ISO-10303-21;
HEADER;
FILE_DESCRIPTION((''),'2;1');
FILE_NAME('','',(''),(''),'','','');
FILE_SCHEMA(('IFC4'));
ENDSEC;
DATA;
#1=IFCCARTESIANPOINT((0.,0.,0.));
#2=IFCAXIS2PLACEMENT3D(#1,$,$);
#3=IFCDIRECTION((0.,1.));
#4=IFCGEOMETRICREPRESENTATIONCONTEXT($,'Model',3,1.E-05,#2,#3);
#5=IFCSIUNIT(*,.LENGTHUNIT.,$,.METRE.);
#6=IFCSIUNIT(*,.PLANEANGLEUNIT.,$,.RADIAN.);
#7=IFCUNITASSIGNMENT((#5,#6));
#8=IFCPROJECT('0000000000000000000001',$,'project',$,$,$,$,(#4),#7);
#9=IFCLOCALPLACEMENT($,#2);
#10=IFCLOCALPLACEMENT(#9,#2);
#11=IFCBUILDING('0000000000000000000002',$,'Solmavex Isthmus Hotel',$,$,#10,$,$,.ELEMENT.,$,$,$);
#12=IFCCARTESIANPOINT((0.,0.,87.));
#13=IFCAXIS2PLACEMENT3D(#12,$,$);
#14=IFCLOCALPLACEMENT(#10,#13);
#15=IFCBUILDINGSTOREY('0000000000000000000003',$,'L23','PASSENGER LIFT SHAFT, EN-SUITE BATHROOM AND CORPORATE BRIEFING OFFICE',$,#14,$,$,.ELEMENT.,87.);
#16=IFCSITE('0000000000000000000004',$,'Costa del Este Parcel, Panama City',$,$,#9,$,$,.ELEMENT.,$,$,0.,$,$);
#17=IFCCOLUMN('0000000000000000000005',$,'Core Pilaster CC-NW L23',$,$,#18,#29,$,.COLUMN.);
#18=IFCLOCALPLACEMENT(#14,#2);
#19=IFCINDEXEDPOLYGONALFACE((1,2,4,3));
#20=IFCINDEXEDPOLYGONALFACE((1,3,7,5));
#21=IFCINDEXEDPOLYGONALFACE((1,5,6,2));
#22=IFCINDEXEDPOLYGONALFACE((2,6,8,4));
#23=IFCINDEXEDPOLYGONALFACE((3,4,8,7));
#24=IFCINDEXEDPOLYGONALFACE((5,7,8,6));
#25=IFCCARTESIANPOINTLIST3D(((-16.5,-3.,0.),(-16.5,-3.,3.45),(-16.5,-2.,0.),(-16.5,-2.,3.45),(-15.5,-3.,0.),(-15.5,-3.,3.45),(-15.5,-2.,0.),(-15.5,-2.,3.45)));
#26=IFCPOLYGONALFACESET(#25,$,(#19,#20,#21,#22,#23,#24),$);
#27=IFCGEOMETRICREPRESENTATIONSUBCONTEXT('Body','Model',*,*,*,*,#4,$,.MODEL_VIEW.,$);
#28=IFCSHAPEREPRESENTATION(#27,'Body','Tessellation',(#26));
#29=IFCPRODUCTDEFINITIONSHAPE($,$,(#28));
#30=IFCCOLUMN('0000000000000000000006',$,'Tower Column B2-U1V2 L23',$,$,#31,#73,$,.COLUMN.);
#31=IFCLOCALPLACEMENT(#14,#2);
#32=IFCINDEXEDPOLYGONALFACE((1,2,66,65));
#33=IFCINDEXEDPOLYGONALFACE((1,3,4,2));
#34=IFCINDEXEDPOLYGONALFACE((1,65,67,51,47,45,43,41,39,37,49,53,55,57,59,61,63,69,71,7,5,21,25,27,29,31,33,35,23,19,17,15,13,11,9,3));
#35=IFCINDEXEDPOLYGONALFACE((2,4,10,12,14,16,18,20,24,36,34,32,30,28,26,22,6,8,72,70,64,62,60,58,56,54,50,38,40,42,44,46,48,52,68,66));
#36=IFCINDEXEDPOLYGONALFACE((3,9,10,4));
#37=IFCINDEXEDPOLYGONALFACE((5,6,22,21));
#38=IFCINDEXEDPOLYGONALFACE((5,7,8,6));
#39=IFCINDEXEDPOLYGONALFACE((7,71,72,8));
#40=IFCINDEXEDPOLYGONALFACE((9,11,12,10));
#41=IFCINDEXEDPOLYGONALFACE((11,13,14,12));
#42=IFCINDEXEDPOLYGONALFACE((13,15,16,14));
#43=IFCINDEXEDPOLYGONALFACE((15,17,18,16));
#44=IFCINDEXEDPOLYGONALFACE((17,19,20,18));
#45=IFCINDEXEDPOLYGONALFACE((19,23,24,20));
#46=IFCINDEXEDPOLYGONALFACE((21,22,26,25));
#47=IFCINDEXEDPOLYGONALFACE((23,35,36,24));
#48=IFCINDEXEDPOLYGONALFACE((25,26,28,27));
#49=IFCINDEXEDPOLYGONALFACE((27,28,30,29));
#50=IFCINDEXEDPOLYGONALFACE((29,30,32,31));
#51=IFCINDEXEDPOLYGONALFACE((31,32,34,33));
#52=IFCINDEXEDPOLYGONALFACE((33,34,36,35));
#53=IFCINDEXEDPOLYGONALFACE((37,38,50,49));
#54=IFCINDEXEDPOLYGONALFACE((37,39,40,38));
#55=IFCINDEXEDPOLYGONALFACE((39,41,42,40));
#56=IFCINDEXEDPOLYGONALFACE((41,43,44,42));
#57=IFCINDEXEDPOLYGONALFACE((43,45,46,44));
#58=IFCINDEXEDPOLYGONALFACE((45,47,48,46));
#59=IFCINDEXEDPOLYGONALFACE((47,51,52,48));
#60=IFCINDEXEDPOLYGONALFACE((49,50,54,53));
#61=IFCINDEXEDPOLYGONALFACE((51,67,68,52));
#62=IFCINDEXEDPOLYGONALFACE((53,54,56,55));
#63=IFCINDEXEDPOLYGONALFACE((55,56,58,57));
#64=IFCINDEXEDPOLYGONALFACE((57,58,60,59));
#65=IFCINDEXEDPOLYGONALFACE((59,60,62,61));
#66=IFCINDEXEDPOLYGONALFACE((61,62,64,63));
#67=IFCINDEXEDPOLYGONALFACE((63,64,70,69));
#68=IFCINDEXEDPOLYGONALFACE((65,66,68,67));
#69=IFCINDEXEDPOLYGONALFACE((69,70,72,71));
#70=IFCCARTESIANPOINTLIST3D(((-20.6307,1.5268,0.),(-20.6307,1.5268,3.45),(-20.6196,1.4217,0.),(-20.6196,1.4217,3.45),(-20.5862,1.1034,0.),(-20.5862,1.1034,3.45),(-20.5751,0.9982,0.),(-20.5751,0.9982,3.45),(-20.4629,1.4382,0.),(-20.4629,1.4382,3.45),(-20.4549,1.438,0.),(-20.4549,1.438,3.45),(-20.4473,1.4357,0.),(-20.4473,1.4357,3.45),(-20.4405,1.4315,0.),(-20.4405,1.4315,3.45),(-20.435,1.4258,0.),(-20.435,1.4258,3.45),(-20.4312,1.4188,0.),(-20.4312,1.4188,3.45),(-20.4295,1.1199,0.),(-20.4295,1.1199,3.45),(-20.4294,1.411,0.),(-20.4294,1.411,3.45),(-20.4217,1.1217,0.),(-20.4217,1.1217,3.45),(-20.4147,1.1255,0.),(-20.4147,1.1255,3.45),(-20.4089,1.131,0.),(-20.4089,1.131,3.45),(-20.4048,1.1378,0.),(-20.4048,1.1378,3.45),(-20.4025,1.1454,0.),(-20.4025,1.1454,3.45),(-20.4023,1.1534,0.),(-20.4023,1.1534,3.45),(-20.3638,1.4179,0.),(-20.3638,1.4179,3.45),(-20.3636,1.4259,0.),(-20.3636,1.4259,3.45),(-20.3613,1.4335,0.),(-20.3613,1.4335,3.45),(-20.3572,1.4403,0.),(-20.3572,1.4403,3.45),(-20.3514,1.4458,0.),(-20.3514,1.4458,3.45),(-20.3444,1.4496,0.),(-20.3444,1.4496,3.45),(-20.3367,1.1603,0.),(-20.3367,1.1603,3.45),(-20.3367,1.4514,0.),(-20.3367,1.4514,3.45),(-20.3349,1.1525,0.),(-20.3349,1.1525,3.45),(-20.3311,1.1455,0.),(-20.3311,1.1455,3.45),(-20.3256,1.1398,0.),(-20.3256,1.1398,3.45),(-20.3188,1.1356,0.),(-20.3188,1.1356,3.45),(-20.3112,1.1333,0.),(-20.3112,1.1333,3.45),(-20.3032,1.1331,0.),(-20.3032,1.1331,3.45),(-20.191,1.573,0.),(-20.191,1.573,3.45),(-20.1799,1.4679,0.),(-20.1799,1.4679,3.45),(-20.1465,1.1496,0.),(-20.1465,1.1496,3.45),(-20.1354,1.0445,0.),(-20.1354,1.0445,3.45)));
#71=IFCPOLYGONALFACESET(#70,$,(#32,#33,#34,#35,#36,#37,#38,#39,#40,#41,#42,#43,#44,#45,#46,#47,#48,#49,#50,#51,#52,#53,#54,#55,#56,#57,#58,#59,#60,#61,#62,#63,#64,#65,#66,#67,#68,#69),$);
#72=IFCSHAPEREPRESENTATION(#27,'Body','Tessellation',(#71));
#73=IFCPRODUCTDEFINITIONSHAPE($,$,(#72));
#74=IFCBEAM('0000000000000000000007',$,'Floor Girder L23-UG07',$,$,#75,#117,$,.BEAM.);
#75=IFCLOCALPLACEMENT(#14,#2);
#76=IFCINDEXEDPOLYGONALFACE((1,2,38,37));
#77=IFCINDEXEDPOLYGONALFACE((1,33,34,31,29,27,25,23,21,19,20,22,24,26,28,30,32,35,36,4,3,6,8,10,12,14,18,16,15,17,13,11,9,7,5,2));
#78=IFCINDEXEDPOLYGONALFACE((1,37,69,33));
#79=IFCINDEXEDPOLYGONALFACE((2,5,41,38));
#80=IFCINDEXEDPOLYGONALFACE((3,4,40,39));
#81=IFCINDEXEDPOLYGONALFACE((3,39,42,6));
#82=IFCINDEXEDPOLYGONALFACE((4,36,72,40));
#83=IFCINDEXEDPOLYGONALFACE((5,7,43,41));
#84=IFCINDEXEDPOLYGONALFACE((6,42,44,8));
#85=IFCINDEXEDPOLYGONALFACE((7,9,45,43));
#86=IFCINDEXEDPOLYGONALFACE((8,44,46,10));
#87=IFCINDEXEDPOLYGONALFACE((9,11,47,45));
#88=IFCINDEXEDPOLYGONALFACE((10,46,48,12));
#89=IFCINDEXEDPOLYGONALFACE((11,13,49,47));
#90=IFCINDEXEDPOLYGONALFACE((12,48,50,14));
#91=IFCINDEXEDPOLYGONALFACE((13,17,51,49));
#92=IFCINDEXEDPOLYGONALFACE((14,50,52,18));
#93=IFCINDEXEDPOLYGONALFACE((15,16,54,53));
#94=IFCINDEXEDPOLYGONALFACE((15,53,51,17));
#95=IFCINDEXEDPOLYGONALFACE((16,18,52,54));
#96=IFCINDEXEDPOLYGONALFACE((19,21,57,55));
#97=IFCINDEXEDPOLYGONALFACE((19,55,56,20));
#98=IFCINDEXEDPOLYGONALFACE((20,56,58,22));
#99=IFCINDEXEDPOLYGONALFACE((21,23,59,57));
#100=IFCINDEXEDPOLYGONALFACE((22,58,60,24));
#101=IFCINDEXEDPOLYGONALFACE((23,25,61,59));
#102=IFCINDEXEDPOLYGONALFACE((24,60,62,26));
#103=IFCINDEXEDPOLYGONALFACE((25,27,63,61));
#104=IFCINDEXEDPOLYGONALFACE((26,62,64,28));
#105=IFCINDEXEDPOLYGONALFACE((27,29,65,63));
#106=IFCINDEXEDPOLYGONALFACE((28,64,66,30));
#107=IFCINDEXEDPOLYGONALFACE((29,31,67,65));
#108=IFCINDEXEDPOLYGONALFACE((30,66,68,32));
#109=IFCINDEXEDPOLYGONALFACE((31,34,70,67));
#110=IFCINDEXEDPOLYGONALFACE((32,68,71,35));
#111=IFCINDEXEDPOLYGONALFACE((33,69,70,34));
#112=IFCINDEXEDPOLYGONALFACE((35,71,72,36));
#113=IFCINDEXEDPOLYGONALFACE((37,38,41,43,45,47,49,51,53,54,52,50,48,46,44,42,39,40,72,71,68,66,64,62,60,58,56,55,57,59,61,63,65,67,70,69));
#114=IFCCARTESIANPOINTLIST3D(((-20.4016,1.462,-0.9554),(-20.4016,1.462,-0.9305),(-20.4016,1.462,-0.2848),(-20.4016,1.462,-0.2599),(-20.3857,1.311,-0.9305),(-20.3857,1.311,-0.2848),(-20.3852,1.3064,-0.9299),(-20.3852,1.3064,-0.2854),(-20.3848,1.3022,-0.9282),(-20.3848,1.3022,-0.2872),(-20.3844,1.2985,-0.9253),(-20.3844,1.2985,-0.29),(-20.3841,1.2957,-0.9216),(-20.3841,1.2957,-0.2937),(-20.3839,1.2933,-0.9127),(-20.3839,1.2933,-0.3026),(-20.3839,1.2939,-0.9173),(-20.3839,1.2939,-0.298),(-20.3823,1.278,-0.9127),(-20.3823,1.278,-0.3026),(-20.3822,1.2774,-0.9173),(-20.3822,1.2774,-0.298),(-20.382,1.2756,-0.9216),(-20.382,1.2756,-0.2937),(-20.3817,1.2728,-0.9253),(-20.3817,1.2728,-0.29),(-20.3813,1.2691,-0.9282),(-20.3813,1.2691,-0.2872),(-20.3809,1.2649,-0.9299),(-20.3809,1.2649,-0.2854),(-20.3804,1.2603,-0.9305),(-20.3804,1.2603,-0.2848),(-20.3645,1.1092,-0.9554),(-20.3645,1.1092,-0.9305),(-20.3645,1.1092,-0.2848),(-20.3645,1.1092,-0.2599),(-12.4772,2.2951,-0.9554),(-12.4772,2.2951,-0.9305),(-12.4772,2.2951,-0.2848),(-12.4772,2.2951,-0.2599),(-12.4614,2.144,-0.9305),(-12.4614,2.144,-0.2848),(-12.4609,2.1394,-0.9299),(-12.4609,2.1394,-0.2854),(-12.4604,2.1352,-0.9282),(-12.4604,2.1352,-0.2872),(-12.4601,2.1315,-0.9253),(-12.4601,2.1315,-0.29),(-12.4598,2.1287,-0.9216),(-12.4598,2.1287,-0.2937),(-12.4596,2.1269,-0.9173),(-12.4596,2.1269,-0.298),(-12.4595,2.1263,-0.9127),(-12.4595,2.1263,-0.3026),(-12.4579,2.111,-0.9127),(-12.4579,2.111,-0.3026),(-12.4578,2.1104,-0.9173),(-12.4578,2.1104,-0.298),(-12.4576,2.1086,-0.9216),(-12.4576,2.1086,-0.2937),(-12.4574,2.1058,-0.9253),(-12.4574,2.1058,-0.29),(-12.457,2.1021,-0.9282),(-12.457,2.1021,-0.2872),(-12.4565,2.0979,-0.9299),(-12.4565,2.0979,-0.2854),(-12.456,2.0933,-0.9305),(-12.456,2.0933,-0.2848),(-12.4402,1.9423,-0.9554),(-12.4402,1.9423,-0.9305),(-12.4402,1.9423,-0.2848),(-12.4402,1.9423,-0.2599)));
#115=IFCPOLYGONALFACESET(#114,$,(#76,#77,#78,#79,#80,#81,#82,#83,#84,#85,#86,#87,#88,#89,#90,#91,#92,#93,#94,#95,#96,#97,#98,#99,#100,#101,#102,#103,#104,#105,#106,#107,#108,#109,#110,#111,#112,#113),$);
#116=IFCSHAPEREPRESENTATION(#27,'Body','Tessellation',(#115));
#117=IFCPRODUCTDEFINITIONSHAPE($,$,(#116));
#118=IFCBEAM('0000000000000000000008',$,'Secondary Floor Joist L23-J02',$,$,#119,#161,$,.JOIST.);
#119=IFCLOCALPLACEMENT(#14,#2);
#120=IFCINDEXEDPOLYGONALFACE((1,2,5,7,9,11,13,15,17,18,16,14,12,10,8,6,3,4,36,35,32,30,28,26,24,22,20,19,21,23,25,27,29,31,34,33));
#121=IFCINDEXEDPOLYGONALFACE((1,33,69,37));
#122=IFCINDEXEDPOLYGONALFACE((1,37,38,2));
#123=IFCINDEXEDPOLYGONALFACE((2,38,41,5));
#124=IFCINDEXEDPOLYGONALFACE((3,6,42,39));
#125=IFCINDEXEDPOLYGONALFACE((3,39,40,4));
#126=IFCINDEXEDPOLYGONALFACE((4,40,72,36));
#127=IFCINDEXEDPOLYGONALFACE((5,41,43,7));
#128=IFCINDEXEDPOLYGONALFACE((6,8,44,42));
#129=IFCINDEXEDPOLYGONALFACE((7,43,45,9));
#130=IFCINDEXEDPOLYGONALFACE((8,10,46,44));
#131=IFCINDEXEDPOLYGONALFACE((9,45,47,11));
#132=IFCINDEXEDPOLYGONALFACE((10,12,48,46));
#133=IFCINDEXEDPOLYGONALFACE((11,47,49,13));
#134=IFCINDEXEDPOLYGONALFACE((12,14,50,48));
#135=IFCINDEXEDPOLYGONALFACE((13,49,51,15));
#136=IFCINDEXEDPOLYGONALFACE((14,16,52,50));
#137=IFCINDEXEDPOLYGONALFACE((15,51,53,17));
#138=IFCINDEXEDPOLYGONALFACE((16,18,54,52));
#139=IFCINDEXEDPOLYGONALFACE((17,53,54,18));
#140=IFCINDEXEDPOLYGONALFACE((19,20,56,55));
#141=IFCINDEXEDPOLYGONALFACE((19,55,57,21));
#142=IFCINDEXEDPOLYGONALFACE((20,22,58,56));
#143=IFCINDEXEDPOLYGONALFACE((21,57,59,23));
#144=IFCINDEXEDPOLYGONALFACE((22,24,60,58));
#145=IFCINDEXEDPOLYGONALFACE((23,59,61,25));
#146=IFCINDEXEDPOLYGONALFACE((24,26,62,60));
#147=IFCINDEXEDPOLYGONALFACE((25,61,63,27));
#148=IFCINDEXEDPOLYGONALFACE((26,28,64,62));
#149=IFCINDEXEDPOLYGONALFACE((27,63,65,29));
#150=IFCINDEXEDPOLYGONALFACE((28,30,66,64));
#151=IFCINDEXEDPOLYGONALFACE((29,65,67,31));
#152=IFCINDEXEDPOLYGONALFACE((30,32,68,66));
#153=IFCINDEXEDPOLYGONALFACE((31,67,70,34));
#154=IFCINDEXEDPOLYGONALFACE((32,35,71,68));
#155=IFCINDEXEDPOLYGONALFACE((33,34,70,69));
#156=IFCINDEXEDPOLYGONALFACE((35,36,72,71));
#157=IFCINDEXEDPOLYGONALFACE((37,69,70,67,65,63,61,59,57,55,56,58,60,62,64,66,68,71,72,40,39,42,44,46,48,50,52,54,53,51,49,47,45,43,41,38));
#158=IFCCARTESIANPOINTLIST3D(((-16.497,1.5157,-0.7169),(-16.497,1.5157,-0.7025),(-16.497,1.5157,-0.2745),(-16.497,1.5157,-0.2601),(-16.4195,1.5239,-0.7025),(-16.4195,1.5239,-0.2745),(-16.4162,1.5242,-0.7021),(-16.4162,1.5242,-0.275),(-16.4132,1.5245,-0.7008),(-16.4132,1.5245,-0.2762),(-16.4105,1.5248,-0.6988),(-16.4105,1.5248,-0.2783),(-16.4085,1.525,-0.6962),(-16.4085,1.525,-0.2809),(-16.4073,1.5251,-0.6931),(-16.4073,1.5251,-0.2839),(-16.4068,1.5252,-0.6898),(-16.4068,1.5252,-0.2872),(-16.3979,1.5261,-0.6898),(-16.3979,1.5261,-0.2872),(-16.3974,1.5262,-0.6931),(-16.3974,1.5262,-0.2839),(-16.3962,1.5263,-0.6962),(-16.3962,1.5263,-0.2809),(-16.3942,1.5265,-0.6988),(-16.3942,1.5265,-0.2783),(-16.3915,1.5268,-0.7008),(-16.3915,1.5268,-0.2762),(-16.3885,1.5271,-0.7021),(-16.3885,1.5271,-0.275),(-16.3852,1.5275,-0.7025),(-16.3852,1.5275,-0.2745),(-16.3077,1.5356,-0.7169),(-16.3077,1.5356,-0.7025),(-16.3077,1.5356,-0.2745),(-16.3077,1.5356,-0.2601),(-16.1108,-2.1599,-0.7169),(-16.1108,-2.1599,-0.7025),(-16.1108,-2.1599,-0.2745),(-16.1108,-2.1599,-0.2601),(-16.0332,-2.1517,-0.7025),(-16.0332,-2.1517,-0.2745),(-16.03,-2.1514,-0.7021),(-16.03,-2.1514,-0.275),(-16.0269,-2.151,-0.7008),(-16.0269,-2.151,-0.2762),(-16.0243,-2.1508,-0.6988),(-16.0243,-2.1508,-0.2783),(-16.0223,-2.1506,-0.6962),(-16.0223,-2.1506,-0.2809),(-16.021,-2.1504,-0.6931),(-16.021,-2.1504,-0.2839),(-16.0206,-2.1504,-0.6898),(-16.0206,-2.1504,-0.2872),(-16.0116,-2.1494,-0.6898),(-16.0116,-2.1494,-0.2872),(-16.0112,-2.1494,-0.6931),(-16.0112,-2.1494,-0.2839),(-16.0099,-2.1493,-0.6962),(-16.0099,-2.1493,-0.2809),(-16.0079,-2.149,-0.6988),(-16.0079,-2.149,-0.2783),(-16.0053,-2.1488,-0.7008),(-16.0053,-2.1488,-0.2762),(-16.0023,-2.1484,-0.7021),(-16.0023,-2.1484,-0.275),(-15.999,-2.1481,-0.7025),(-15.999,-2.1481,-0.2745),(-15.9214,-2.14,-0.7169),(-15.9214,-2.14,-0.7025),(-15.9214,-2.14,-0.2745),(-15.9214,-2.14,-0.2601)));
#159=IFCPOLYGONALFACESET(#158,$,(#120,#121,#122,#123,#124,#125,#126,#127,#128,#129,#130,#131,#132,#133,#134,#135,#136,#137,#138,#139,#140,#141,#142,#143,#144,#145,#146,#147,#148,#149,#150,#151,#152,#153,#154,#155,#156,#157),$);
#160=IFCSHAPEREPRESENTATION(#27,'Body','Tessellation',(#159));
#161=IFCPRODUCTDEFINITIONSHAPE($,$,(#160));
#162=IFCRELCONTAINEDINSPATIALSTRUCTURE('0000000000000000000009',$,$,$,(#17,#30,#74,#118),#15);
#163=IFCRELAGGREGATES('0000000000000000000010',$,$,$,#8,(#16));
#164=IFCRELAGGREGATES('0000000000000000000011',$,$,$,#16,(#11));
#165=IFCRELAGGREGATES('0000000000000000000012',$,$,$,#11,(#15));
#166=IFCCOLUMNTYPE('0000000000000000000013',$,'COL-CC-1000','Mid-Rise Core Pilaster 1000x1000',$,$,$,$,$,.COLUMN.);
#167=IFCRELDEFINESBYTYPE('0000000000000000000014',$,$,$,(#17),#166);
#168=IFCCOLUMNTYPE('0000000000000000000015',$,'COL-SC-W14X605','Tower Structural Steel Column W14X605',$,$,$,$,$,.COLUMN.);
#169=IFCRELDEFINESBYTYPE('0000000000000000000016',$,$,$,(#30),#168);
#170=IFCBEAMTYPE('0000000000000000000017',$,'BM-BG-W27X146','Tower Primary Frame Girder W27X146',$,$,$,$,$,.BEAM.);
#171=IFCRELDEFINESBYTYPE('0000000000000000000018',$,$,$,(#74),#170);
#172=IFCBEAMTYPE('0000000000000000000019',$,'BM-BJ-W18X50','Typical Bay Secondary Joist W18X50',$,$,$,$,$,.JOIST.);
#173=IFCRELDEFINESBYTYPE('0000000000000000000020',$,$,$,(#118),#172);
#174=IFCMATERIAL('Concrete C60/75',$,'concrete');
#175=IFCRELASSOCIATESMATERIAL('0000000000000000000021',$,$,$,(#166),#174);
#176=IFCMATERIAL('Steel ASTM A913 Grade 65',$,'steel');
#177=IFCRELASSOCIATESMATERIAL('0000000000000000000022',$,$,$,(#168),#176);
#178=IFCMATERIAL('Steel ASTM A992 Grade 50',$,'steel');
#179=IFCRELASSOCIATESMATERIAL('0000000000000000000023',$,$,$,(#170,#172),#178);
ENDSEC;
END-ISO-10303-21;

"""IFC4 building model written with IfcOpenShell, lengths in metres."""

from ifc_helpers import new_model, si_unit, direction, frame, origin, origin_2d, place, context, subcontext, project, spatial, rectangle, i_section, extrude, material, material_profile, profile_set, type_object, element, save


model = new_model("IFC4")

# Units and contexts
model_context = context("Model", 3, precision=1e-05, world=origin(), true_north=direction((0.0, 1.0)))
body_context = subcontext(model_context, "Body", "Model", "MODEL_VIEW")
ifc_project = project(units=[si_unit("LENGTHUNIT", "METRE"), si_unit("PLANEANGLEUNIT", "RADIAN")], contexts=[model_context])

# Site, building, storey
site_placement = place(None, origin())
site = spatial("IfcSite", under=ifc_project, at=site_placement, Name="Costa del Este Parcel, Panama City", CompositionType="ELEMENT", RefElevation=0.0)
building_placement = place(site_placement, origin())
building = spatial("IfcBuilding", under=site, at=building_placement, Name="Solmavex Isthmus Hotel", CompositionType="ELEMENT")
storey_placement = place(building_placement, frame((0.0, 0.0, 87.0)))
storey = spatial("IfcBuildingStorey", under=building, at=storey_placement, Name="L23", Description="PASSENGER LIFT SHAFT, EN-SUITE BATHROOM AND CORPORATE BRIEFING OFFICE", CompositionType="ELEMENT", Elevation=87.0)

# Columns
ifc_material_1 = material(Name="Concrete C60/75", Category="concrete")
ifc_material_profile_1 = material_profile(ifc_material_1, rectangle(XDim=1.0, YDim=1.0, at=origin_2d()), Name="RC1000X1000")
ifc_profile_set_1 = profile_set([ifc_material_profile_1], Name="Concrete C60/75")
column_type_1 = type_object("IfcColumnType", Name="COL-CC-1000", Description="Mid-Rise Core Pilaster 1000x1000", PredefinedType="COLUMN", material=ifc_profile_set_1)
column_1_placement = place(storey_placement, frame((-16.0, -2.5, 0.0), z_axis=(0.0, 0.0, 1.0), x_axis=(1.0, 0.0, 0.0)))
element("IfcColumn", 1, at=column_1_placement, inside=storey, type_object=column_type_1, Name="Core Pilaster CC-NW L23", PredefinedType="COLUMN", context=body_context, shape_type="SweptSolid", body=[
    extrude(rectangle(XDim=1.0, YDim=1.0, at=origin_2d()), origin(), (0.0, 0.0, 1.0), 3.45),
])
ifc_material_2 = material(Name="Steel ASTM A913 Grade 65", Category="steel")
ifc_material_profile_2 = material_profile(ifc_material_2, i_section(OverallWidth=0.4421, OverallDepth=0.5315, WebThickness=0.0659, FlangeThickness=0.1057, FilletRadius=0.0305, at=origin_2d()), Name="W14X605")
ifc_profile_set_2 = profile_set([ifc_material_profile_2], Name="Steel ASTM A913 Grade 65")
column_type_2 = type_object("IfcColumnType", Name="COL-SC-W14X605", Description="Tower Structural Steel Column W14X605", PredefinedType="COLUMN", material=ifc_profile_set_2)
column_2_placement = place(storey_placement, frame((-20.3831, 1.2856, 0.0), z_axis=(0.0, 0.0, 1.0), x_axis=(0.994522, 0.104528, 0.0)))
element("IfcColumn", 2, at=column_2_placement, inside=storey, type_object=column_type_2, Name="Tower Column B2-U1V2 L23", PredefinedType="COLUMN", context=body_context, shape_type="SweptSolid", body=[
    extrude(i_section(OverallWidth=0.4421, OverallDepth=0.5315, WebThickness=0.0659, FlangeThickness=0.1057, FilletRadius=0.0305, at=origin_2d()), origin(), (0.0, 0.0, 1.0), 3.45),
])

# Beams
ifc_material_3 = material(Name="Steel ASTM A992 Grade 50", Category="steel")
ifc_material_profile_3 = material_profile(ifc_material_3, i_section(OverallWidth=0.3547, OverallDepth=0.6956, WebThickness=0.0154, FlangeThickness=0.0249, FilletRadius=0.0178, at=origin_2d()), Name="W27X146")
ifc_profile_set_3 = profile_set([ifc_material_profile_3], Name="Steel ASTM A992 Grade 50")
beam_type_1 = type_object("IfcBeamType", Name="BM-BG-W27X146", Description="Tower Primary Frame Girder W27X146", PredefinedType="BEAM", material=ifc_profile_set_3)
beam_1_placement = place(storey_placement, frame((-20.3831, 1.2856, -0.6077), z_axis=(0.99452, 0.104544, 0.0), x_axis=(-0.104544, 0.99452, 0.0)))
element("IfcBeam", 3, at=beam_1_placement, inside=storey, type_object=beam_type_1, Name="Floor Girder L23-UG07", PredefinedType="BEAM", context=body_context, shape_type="SweptSolid", body=[
    extrude(i_section(OverallWidth=0.3547, OverallDepth=0.6956, WebThickness=0.0154, FlangeThickness=0.0249, FilletRadius=0.0178, at=origin_2d()), origin(), (0.0, 0.0, 1.0), 7.968),
])
ifc_material_profile_4 = material_profile(ifc_material_3, i_section(OverallWidth=0.1904, OverallDepth=0.4568, WebThickness=0.009, FlangeThickness=0.0144, FilletRadius=0.0127, at=origin_2d()), Name="W18X50")
ifc_profile_set_4 = profile_set([ifc_material_profile_4], Name="Steel ASTM A992 Grade 50")
beam_type_2 = type_object("IfcBeamType", Name="BM-BJ-W18X50", Description="Typical Bay Secondary Joist W18X50", PredefinedType="JOIST", material=ifc_profile_set_4)
beam_2_placement = place(storey_placement, frame((-16.0161, -2.1499, -0.4885), z_axis=(-0.104506, 0.994524, 0.0), x_axis=(-0.994524, -0.104506, 0.0)))
element("IfcBeam", 4, at=beam_2_placement, inside=storey, type_object=beam_type_2, Name="Secondary Floor Joist L23-J02", PredefinedType="JOIST", context=body_context, shape_type="SweptSolid", body=[
    extrude(i_section(OverallWidth=0.1904, OverallDepth=0.4568, WebThickness=0.009, FlangeThickness=0.0144, FilletRadius=0.0127, at=origin_2d()), origin(), (0.0, 0.0, 1.0), 3.6958),
])

save(model, "model.ifc")
